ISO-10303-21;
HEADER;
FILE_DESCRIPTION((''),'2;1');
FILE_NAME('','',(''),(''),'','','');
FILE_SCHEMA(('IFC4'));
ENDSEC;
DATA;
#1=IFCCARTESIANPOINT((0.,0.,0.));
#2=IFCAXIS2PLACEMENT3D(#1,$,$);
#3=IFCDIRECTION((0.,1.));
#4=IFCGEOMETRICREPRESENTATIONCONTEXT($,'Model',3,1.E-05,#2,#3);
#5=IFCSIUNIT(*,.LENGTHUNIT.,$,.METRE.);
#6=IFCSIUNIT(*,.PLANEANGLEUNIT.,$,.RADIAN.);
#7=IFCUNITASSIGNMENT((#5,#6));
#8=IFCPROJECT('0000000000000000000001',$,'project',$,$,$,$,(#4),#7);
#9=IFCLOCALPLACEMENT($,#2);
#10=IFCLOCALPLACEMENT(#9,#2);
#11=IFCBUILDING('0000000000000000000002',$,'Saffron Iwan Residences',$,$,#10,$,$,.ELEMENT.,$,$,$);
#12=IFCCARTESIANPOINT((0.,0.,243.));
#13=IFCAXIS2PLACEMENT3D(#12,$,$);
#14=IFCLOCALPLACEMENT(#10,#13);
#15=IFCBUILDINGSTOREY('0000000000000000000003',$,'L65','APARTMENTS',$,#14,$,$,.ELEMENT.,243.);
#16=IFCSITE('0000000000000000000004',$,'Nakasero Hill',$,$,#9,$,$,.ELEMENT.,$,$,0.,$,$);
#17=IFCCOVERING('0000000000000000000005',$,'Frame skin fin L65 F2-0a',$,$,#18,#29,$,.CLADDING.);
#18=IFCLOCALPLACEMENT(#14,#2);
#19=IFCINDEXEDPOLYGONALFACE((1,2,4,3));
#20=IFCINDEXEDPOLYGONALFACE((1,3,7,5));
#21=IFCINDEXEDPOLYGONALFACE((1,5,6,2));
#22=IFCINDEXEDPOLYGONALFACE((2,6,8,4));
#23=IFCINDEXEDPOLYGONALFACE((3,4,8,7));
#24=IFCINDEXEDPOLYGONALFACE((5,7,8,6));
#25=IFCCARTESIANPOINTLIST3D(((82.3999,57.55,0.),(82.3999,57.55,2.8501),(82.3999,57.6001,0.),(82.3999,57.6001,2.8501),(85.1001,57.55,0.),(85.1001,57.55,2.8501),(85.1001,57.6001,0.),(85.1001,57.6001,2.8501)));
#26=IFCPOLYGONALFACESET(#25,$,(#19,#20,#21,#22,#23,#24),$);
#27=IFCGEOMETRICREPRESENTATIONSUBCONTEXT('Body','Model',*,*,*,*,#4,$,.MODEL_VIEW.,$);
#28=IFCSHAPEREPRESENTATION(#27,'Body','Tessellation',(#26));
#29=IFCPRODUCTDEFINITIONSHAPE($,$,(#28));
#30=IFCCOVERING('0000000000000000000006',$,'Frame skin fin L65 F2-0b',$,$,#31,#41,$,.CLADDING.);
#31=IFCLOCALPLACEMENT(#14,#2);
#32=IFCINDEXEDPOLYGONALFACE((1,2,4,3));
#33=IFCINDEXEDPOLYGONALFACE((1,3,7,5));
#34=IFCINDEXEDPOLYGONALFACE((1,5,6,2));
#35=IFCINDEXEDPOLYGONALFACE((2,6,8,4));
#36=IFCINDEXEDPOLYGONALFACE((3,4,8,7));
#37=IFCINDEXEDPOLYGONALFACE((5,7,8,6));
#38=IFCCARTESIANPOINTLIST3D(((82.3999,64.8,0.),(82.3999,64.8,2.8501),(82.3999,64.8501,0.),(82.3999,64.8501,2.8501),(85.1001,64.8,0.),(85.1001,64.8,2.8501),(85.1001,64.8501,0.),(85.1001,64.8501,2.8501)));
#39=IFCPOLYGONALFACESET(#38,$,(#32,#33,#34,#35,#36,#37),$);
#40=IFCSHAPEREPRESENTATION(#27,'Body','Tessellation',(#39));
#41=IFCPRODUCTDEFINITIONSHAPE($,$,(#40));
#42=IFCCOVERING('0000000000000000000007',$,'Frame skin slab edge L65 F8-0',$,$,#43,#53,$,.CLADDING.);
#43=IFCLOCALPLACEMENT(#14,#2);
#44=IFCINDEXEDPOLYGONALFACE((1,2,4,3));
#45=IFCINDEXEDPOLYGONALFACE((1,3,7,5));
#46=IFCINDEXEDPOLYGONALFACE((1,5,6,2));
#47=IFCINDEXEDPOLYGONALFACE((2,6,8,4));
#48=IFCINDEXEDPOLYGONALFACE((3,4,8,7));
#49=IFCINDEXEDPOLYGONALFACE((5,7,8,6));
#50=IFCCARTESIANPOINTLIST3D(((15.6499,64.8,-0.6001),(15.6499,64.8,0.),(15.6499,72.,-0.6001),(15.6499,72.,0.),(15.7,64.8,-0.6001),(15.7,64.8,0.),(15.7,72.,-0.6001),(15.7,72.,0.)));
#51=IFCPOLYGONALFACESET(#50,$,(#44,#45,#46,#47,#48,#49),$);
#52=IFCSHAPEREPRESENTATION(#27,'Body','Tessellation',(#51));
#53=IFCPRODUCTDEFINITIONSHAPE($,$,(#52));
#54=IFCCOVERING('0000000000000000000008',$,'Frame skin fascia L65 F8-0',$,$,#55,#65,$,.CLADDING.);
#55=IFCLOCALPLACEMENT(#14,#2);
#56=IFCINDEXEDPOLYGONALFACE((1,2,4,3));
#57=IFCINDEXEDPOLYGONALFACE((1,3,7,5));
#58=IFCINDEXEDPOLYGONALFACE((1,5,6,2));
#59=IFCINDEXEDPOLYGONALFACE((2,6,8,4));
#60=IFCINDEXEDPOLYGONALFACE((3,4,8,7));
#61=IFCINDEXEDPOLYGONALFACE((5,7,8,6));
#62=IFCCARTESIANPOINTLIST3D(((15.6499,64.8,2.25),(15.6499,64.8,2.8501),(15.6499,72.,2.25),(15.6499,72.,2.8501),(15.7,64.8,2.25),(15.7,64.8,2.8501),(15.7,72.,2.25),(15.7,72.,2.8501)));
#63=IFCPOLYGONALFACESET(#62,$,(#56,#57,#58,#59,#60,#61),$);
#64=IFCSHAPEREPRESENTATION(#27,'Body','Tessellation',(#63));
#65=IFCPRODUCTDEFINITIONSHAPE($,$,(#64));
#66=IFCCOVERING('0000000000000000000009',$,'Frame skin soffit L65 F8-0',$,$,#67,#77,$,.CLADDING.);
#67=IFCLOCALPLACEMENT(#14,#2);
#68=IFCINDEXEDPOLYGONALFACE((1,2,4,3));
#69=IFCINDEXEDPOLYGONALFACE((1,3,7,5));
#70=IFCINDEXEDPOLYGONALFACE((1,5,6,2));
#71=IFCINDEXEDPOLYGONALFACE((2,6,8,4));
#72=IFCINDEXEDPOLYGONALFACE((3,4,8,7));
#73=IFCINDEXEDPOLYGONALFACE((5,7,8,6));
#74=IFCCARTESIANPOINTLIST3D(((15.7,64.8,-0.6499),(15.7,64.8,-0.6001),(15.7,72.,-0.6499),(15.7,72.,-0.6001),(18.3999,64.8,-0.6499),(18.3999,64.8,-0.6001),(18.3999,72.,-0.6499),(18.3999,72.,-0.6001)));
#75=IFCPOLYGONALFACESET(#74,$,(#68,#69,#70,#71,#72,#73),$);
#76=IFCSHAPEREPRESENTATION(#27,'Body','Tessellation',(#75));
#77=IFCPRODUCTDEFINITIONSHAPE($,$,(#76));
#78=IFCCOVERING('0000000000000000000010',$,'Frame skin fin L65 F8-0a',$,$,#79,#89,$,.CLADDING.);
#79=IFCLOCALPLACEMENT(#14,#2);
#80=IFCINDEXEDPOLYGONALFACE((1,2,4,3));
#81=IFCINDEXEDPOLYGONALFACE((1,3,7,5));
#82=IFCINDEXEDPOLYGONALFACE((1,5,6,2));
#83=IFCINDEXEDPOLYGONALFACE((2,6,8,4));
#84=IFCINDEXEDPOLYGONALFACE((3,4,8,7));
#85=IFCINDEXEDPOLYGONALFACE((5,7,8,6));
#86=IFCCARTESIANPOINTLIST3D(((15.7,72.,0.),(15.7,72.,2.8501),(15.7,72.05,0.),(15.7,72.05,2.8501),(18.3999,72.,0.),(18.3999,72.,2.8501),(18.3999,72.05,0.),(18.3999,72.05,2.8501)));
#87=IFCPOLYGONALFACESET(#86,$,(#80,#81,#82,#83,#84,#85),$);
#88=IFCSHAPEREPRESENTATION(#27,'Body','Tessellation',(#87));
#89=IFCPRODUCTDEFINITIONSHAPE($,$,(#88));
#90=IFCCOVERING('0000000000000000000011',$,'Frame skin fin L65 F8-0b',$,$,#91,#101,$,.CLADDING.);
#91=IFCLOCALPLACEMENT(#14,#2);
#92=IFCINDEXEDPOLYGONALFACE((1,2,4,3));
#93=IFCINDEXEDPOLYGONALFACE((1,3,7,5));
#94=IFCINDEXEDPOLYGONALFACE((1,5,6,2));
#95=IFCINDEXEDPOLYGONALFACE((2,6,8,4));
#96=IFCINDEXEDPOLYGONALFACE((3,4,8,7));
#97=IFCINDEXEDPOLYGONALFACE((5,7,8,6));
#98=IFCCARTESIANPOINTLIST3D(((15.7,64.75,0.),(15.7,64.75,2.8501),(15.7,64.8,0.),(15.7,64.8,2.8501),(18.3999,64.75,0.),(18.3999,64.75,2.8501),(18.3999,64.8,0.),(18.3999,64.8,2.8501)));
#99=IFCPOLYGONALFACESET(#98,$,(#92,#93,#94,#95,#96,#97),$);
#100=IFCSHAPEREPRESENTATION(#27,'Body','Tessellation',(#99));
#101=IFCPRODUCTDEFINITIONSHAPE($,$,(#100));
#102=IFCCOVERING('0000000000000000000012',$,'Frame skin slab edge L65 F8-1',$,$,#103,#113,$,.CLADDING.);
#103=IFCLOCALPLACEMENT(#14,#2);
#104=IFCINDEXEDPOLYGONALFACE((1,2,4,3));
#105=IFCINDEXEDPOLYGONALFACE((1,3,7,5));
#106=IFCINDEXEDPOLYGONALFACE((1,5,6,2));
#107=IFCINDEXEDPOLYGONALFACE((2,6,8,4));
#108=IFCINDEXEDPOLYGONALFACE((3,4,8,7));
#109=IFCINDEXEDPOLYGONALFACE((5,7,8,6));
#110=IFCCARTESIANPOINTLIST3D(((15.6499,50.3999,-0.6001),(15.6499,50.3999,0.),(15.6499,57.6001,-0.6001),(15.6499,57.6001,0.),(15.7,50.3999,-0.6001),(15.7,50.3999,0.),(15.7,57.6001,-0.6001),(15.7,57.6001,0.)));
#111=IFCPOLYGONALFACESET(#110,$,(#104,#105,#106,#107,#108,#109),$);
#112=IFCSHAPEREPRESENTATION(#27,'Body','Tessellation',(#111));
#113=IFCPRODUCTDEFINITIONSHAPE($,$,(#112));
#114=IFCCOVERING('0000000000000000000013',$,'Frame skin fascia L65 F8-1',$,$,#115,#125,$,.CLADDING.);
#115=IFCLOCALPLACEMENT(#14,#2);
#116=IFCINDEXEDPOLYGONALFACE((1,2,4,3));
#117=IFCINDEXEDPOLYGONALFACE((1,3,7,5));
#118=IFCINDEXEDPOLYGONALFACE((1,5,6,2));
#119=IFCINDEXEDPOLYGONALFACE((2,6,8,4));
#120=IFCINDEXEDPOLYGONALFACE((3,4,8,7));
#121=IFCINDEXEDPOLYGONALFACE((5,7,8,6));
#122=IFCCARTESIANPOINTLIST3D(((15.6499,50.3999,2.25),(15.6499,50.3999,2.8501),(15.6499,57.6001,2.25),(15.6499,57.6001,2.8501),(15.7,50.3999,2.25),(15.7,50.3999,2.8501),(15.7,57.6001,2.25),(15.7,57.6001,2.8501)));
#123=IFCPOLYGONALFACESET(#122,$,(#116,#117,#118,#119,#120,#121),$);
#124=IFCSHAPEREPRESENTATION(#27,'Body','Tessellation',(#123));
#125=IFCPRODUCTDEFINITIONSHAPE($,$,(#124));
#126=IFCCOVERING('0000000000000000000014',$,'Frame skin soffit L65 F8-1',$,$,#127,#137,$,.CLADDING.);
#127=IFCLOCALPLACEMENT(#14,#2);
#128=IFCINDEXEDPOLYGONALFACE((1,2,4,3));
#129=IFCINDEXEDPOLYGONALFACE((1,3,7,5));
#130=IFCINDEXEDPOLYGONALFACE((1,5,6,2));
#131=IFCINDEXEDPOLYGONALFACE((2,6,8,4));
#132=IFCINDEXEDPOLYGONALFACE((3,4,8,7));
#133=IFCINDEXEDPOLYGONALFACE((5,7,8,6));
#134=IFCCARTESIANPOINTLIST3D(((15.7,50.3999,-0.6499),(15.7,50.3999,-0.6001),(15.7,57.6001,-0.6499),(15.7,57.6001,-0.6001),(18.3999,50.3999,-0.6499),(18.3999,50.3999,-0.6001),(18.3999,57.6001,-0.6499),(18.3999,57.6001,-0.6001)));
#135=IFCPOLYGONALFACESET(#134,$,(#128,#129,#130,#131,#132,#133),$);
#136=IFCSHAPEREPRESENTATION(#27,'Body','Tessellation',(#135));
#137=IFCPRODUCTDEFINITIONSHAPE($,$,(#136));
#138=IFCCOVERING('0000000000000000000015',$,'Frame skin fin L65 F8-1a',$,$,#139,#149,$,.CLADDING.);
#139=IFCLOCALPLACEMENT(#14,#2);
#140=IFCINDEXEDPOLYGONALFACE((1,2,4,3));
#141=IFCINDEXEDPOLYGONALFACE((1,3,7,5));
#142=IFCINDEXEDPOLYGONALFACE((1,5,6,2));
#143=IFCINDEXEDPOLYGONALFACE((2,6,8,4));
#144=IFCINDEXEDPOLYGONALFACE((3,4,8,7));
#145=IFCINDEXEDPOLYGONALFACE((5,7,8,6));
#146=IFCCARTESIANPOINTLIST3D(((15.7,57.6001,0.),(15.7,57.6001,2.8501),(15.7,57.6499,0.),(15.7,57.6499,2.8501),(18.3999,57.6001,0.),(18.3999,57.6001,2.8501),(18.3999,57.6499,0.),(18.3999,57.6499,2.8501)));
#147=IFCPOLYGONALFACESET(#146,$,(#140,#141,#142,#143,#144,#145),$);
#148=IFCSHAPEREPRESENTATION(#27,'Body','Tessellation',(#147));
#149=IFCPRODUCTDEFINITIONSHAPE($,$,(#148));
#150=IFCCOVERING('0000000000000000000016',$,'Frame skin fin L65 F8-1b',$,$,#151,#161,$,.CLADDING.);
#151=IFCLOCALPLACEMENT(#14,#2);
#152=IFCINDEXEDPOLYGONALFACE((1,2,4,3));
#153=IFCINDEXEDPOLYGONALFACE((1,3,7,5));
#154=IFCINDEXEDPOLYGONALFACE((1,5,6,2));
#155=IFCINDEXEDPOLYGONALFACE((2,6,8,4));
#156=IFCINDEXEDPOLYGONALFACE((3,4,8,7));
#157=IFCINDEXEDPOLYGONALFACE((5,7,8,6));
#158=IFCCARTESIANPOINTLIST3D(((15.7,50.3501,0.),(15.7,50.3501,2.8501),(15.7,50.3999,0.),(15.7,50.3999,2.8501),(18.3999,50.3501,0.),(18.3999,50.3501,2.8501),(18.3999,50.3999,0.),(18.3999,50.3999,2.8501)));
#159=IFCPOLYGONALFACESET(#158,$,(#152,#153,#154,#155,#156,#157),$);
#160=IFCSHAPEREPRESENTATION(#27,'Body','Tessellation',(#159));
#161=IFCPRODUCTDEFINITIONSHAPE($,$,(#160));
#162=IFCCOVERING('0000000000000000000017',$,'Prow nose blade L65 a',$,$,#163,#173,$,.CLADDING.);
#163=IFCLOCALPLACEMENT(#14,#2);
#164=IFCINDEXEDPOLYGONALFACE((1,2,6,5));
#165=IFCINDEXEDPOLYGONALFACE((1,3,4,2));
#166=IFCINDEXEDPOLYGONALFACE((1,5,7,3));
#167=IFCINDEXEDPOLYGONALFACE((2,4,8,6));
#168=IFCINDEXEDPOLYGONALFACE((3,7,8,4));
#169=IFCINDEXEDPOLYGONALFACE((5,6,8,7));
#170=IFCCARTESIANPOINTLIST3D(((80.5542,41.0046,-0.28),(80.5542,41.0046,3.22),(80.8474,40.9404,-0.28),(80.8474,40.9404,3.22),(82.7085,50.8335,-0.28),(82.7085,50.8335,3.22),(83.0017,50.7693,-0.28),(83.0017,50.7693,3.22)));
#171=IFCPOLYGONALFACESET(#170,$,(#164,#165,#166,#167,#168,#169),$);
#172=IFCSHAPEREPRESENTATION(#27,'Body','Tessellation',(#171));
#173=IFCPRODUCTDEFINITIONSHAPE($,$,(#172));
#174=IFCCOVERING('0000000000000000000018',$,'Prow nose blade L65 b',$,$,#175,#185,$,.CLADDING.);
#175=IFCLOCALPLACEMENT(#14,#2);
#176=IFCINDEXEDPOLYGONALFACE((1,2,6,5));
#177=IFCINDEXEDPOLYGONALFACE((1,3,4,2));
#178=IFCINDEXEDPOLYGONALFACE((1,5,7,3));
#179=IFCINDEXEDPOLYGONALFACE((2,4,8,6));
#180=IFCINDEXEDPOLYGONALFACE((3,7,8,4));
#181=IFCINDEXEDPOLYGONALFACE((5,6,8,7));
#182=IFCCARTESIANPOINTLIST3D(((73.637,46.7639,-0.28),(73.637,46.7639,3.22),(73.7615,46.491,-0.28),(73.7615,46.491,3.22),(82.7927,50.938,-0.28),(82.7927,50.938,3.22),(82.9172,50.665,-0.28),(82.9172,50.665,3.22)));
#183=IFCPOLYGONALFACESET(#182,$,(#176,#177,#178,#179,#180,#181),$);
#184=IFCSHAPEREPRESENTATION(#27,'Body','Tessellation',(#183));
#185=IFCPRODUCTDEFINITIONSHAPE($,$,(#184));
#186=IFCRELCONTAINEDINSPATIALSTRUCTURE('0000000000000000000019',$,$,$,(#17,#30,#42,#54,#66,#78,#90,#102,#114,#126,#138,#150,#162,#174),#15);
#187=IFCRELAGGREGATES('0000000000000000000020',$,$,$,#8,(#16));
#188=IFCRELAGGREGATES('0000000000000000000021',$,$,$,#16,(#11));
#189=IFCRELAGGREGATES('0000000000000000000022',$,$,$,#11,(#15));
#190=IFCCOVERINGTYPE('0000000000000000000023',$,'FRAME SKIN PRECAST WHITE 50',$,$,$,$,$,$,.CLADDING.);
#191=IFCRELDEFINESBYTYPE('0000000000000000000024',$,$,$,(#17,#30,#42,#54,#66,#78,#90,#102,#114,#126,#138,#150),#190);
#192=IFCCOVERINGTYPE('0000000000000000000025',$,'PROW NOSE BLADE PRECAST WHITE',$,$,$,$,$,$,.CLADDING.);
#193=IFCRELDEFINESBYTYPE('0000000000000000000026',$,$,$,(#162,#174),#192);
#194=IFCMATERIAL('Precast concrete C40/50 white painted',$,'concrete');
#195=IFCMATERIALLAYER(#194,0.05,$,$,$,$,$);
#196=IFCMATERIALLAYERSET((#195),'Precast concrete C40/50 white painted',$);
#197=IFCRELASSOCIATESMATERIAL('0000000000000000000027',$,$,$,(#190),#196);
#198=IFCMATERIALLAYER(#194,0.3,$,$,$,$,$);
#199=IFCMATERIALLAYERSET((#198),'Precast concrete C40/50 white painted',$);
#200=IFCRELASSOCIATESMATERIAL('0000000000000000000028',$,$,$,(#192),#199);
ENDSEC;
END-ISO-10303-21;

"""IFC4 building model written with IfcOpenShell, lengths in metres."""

from ifc_helpers import new_model, si_unit, direction, frame, origin, place, context, subcontext, project, spatial, polyline, outline, extrude, material, layer, layer_set, type_object, element, save


model = new_model("IFC4")

# Units and contexts
model_context = context("Model", 3, precision=1e-05, world=origin(), true_north=direction((0.0, 1.0)))
body_context = subcontext(model_context, "Body", "Model", "MODEL_VIEW")
ifc_project = project(units=[si_unit("LENGTHUNIT", "METRE"), si_unit("PLANEANGLEUNIT", "RADIAN")], contexts=[model_context])

# Site, building, storey
site_placement = place(None, origin())
site = spatial("IfcSite", under=ifc_project, at=site_placement, Name="Nakasero Hill", CompositionType="ELEMENT", RefElevation=0.0)
building_placement = place(site_placement, origin())
building = spatial("IfcBuilding", under=site, at=building_placement, Name="Saffron Iwan Residences", CompositionType="ELEMENT")
storey_placement = place(building_placement, frame((0.0, 0.0, 243.0)))
storey = spatial("IfcBuildingStorey", under=building, at=storey_placement, Name="L65", Description="APARTMENTS", CompositionType="ELEMENT", Elevation=243.0)

# Coverings
ifc_material_1 = material(Name="Precast concrete C40/50 white painted", Category="concrete")
ifc_layer_1 = layer(ifc_material_1, 0.05)
ifc_layer_set_1 = layer_set([ifc_layer_1], Name="Precast concrete C40/50 white painted")
covering_type_1 = type_object("IfcCoveringType", Name="FRAME SKIN PRECAST WHITE 50", PredefinedType="CLADDING", material=ifc_layer_set_1)
covering_1_placement = place(storey_placement, origin())
element("IfcCovering", 1, at=covering_1_placement, inside=storey, type_object=covering_type_1, Name="Frame skin fin L65 F2-0a", PredefinedType="CLADDING", context=body_context, shape_type="SweptSolid", body=[
    extrude(outline(polyline([(85.1001, 57.55), (85.1001, 57.6001), (82.3999, 57.6001), (82.3999, 57.55), (85.1001, 57.55)])), origin(), (0.0, 0.0, 1.0), 2.8501),
])
covering_2_placement = place(storey_placement, origin())
element("IfcCovering", 2, at=covering_2_placement, inside=storey, type_object=covering_type_1, Name="Frame skin fin L65 F2-0b", PredefinedType="CLADDING", context=body_context, shape_type="SweptSolid", body=[
    extrude(outline(polyline([(85.1001, 64.8), (85.1001, 64.8501), (82.3999, 64.8501), (82.3999, 64.8), (85.1001, 64.8)])), origin(), (0.0, 0.0, 1.0), 2.8501),
])
for number, where, name in (
    (3, (0.0, 0.0, -0.6001), "Frame skin slab edge L65 F8-0"),
    (4, (0.0, 0.0, 2.25), "Frame skin fascia L65 F8-0"),
):
    element("IfcCovering", number, at=place(storey_placement, frame(where)), inside=storey, type_object=covering_type_1, Name=name, PredefinedType="CLADDING", context=body_context, shape_type="SweptSolid", body=[
        extrude(outline(polyline([(15.6499, 72.0), (15.6499, 64.8), (15.7, 64.8), (15.7, 72.0), (15.6499, 72.0)])), origin(), (0.0, 0.0, 1.0), 0.6001),
    ])
covering_3_placement = place(storey_placement, frame((0.0, 0.0, -0.6499)))
element("IfcCovering", 5, at=covering_3_placement, inside=storey, type_object=covering_type_1, Name="Frame skin soffit L65 F8-0", PredefinedType="CLADDING", context=body_context, shape_type="SweptSolid", body=[
    extrude(outline(polyline([(15.7, 72.0), (15.7, 64.8), (18.3999, 64.8), (18.3999, 72.0), (15.7, 72.0)])), origin(), (0.0, 0.0, 1.0), 0.0498),
])
covering_4_placement = place(storey_placement, origin())
element("IfcCovering", 6, at=covering_4_placement, inside=storey, type_object=covering_type_1, Name="Frame skin fin L65 F8-0a", PredefinedType="CLADDING", context=body_context, shape_type="SweptSolid", body=[
    extrude(outline(polyline([(15.7, 72.05), (15.7, 72.0), (18.3999, 72.0), (18.3999, 72.05), (15.7, 72.05)])), origin(), (0.0, 0.0, 1.0), 2.8501),
])
covering_5_placement = place(storey_placement, origin())
element("IfcCovering", 7, at=covering_5_placement, inside=storey, type_object=covering_type_1, Name="Frame skin fin L65 F8-0b", PredefinedType="CLADDING", context=body_context, shape_type="SweptSolid", body=[
    extrude(outline(polyline([(15.7, 64.8), (15.7, 64.75), (18.3999, 64.75), (18.3999, 64.8), (15.7, 64.8)])), origin(), (0.0, 0.0, 1.0), 2.8501),
])
for number, where, name in (
    (8, (0.0, 0.0, -0.6001), "Frame skin slab edge L65 F8-1"),
    (9, (0.0, 0.0, 2.25), "Frame skin fascia L65 F8-1"),
):
    element("IfcCovering", number, at=place(storey_placement, frame(where)), inside=storey, type_object=covering_type_1, Name=name, PredefinedType="CLADDING", context=body_context, shape_type="SweptSolid", body=[
        extrude(outline(polyline([(15.6499, 57.6001), (15.6499, 50.3999), (15.7, 50.3999), (15.7, 57.6001), (15.6499, 57.6001)])), origin(), (0.0, 0.0, 1.0), 0.6001),
    ])
covering_6_placement = place(storey_placement, frame((0.0, 0.0, -0.6499)))
element("IfcCovering", 10, at=covering_6_placement, inside=storey, type_object=covering_type_1, Name="Frame skin soffit L65 F8-1", PredefinedType="CLADDING", context=body_context, shape_type="SweptSolid", body=[
    extrude(outline(polyline([(15.7, 57.6001), (15.7, 50.3999), (18.3999, 50.3999), (18.3999, 57.6001), (15.7, 57.6001)])), origin(), (0.0, 0.0, 1.0), 0.0498),
])
covering_7_placement = place(storey_placement, origin())
element("IfcCovering", 11, at=covering_7_placement, inside=storey, type_object=covering_type_1, Name="Frame skin fin L65 F8-1a", PredefinedType="CLADDING", context=body_context, shape_type="SweptSolid", body=[
    extrude(outline(polyline([(15.7, 57.6499), (15.7, 57.6001), (18.3999, 57.6001), (18.3999, 57.6499), (15.7, 57.6499)])), origin(), (0.0, 0.0, 1.0), 2.8501),
])
covering_8_placement = place(storey_placement, origin())
element("IfcCovering", 12, at=covering_8_placement, inside=storey, type_object=covering_type_1, Name="Frame skin fin L65 F8-1b", PredefinedType="CLADDING", context=body_context, shape_type="SweptSolid", body=[
    extrude(outline(polyline([(15.7, 50.3999), (15.7, 50.3501), (18.3999, 50.3501), (18.3999, 50.3999), (15.7, 50.3999)])), origin(), (0.0, 0.0, 1.0), 2.8501),
])
ifc_layer_2 = layer(ifc_material_1, 0.3)
ifc_layer_set_2 = layer_set([ifc_layer_2], Name="Precast concrete C40/50 white painted")
covering_type_2 = type_object("IfcCoveringType", Name="PROW NOSE BLADE PRECAST WHITE", PredefinedType="CLADDING", material=ifc_layer_set_2)
covering_9_placement = place(storey_placement, frame((0.0, 0.0, -0.28)))
element("IfcCovering", 13, at=covering_9_placement, inside=storey, type_object=covering_type_2, Name="Prow nose blade L65 a", PredefinedType="CLADDING", context=body_context, shape_type="SweptSolid", body=[
    extrude(outline(polyline([(80.8474, 40.9404), (83.0017, 50.7693), (82.7085, 50.8335), (80.5542, 41.0046), (80.8474, 40.9404)])), origin(), (0.0, 0.0, 1.0), 3.5),
])
covering_10_placement = place(storey_placement, frame((0.0, 0.0, -0.28)))
element("IfcCovering", 14, at=covering_10_placement, inside=storey, type_object=covering_type_2, Name="Prow nose blade L65 b", PredefinedType="CLADDING", context=body_context, shape_type="SweptSolid", body=[
    extrude(outline(polyline([(73.7615, 46.491), (82.9172, 50.665), (82.7927, 50.938), (73.637, 46.7639), (73.7615, 46.491)])), origin(), (0.0, 0.0, 1.0), 3.5),
])

save(model, "model.ifc")
